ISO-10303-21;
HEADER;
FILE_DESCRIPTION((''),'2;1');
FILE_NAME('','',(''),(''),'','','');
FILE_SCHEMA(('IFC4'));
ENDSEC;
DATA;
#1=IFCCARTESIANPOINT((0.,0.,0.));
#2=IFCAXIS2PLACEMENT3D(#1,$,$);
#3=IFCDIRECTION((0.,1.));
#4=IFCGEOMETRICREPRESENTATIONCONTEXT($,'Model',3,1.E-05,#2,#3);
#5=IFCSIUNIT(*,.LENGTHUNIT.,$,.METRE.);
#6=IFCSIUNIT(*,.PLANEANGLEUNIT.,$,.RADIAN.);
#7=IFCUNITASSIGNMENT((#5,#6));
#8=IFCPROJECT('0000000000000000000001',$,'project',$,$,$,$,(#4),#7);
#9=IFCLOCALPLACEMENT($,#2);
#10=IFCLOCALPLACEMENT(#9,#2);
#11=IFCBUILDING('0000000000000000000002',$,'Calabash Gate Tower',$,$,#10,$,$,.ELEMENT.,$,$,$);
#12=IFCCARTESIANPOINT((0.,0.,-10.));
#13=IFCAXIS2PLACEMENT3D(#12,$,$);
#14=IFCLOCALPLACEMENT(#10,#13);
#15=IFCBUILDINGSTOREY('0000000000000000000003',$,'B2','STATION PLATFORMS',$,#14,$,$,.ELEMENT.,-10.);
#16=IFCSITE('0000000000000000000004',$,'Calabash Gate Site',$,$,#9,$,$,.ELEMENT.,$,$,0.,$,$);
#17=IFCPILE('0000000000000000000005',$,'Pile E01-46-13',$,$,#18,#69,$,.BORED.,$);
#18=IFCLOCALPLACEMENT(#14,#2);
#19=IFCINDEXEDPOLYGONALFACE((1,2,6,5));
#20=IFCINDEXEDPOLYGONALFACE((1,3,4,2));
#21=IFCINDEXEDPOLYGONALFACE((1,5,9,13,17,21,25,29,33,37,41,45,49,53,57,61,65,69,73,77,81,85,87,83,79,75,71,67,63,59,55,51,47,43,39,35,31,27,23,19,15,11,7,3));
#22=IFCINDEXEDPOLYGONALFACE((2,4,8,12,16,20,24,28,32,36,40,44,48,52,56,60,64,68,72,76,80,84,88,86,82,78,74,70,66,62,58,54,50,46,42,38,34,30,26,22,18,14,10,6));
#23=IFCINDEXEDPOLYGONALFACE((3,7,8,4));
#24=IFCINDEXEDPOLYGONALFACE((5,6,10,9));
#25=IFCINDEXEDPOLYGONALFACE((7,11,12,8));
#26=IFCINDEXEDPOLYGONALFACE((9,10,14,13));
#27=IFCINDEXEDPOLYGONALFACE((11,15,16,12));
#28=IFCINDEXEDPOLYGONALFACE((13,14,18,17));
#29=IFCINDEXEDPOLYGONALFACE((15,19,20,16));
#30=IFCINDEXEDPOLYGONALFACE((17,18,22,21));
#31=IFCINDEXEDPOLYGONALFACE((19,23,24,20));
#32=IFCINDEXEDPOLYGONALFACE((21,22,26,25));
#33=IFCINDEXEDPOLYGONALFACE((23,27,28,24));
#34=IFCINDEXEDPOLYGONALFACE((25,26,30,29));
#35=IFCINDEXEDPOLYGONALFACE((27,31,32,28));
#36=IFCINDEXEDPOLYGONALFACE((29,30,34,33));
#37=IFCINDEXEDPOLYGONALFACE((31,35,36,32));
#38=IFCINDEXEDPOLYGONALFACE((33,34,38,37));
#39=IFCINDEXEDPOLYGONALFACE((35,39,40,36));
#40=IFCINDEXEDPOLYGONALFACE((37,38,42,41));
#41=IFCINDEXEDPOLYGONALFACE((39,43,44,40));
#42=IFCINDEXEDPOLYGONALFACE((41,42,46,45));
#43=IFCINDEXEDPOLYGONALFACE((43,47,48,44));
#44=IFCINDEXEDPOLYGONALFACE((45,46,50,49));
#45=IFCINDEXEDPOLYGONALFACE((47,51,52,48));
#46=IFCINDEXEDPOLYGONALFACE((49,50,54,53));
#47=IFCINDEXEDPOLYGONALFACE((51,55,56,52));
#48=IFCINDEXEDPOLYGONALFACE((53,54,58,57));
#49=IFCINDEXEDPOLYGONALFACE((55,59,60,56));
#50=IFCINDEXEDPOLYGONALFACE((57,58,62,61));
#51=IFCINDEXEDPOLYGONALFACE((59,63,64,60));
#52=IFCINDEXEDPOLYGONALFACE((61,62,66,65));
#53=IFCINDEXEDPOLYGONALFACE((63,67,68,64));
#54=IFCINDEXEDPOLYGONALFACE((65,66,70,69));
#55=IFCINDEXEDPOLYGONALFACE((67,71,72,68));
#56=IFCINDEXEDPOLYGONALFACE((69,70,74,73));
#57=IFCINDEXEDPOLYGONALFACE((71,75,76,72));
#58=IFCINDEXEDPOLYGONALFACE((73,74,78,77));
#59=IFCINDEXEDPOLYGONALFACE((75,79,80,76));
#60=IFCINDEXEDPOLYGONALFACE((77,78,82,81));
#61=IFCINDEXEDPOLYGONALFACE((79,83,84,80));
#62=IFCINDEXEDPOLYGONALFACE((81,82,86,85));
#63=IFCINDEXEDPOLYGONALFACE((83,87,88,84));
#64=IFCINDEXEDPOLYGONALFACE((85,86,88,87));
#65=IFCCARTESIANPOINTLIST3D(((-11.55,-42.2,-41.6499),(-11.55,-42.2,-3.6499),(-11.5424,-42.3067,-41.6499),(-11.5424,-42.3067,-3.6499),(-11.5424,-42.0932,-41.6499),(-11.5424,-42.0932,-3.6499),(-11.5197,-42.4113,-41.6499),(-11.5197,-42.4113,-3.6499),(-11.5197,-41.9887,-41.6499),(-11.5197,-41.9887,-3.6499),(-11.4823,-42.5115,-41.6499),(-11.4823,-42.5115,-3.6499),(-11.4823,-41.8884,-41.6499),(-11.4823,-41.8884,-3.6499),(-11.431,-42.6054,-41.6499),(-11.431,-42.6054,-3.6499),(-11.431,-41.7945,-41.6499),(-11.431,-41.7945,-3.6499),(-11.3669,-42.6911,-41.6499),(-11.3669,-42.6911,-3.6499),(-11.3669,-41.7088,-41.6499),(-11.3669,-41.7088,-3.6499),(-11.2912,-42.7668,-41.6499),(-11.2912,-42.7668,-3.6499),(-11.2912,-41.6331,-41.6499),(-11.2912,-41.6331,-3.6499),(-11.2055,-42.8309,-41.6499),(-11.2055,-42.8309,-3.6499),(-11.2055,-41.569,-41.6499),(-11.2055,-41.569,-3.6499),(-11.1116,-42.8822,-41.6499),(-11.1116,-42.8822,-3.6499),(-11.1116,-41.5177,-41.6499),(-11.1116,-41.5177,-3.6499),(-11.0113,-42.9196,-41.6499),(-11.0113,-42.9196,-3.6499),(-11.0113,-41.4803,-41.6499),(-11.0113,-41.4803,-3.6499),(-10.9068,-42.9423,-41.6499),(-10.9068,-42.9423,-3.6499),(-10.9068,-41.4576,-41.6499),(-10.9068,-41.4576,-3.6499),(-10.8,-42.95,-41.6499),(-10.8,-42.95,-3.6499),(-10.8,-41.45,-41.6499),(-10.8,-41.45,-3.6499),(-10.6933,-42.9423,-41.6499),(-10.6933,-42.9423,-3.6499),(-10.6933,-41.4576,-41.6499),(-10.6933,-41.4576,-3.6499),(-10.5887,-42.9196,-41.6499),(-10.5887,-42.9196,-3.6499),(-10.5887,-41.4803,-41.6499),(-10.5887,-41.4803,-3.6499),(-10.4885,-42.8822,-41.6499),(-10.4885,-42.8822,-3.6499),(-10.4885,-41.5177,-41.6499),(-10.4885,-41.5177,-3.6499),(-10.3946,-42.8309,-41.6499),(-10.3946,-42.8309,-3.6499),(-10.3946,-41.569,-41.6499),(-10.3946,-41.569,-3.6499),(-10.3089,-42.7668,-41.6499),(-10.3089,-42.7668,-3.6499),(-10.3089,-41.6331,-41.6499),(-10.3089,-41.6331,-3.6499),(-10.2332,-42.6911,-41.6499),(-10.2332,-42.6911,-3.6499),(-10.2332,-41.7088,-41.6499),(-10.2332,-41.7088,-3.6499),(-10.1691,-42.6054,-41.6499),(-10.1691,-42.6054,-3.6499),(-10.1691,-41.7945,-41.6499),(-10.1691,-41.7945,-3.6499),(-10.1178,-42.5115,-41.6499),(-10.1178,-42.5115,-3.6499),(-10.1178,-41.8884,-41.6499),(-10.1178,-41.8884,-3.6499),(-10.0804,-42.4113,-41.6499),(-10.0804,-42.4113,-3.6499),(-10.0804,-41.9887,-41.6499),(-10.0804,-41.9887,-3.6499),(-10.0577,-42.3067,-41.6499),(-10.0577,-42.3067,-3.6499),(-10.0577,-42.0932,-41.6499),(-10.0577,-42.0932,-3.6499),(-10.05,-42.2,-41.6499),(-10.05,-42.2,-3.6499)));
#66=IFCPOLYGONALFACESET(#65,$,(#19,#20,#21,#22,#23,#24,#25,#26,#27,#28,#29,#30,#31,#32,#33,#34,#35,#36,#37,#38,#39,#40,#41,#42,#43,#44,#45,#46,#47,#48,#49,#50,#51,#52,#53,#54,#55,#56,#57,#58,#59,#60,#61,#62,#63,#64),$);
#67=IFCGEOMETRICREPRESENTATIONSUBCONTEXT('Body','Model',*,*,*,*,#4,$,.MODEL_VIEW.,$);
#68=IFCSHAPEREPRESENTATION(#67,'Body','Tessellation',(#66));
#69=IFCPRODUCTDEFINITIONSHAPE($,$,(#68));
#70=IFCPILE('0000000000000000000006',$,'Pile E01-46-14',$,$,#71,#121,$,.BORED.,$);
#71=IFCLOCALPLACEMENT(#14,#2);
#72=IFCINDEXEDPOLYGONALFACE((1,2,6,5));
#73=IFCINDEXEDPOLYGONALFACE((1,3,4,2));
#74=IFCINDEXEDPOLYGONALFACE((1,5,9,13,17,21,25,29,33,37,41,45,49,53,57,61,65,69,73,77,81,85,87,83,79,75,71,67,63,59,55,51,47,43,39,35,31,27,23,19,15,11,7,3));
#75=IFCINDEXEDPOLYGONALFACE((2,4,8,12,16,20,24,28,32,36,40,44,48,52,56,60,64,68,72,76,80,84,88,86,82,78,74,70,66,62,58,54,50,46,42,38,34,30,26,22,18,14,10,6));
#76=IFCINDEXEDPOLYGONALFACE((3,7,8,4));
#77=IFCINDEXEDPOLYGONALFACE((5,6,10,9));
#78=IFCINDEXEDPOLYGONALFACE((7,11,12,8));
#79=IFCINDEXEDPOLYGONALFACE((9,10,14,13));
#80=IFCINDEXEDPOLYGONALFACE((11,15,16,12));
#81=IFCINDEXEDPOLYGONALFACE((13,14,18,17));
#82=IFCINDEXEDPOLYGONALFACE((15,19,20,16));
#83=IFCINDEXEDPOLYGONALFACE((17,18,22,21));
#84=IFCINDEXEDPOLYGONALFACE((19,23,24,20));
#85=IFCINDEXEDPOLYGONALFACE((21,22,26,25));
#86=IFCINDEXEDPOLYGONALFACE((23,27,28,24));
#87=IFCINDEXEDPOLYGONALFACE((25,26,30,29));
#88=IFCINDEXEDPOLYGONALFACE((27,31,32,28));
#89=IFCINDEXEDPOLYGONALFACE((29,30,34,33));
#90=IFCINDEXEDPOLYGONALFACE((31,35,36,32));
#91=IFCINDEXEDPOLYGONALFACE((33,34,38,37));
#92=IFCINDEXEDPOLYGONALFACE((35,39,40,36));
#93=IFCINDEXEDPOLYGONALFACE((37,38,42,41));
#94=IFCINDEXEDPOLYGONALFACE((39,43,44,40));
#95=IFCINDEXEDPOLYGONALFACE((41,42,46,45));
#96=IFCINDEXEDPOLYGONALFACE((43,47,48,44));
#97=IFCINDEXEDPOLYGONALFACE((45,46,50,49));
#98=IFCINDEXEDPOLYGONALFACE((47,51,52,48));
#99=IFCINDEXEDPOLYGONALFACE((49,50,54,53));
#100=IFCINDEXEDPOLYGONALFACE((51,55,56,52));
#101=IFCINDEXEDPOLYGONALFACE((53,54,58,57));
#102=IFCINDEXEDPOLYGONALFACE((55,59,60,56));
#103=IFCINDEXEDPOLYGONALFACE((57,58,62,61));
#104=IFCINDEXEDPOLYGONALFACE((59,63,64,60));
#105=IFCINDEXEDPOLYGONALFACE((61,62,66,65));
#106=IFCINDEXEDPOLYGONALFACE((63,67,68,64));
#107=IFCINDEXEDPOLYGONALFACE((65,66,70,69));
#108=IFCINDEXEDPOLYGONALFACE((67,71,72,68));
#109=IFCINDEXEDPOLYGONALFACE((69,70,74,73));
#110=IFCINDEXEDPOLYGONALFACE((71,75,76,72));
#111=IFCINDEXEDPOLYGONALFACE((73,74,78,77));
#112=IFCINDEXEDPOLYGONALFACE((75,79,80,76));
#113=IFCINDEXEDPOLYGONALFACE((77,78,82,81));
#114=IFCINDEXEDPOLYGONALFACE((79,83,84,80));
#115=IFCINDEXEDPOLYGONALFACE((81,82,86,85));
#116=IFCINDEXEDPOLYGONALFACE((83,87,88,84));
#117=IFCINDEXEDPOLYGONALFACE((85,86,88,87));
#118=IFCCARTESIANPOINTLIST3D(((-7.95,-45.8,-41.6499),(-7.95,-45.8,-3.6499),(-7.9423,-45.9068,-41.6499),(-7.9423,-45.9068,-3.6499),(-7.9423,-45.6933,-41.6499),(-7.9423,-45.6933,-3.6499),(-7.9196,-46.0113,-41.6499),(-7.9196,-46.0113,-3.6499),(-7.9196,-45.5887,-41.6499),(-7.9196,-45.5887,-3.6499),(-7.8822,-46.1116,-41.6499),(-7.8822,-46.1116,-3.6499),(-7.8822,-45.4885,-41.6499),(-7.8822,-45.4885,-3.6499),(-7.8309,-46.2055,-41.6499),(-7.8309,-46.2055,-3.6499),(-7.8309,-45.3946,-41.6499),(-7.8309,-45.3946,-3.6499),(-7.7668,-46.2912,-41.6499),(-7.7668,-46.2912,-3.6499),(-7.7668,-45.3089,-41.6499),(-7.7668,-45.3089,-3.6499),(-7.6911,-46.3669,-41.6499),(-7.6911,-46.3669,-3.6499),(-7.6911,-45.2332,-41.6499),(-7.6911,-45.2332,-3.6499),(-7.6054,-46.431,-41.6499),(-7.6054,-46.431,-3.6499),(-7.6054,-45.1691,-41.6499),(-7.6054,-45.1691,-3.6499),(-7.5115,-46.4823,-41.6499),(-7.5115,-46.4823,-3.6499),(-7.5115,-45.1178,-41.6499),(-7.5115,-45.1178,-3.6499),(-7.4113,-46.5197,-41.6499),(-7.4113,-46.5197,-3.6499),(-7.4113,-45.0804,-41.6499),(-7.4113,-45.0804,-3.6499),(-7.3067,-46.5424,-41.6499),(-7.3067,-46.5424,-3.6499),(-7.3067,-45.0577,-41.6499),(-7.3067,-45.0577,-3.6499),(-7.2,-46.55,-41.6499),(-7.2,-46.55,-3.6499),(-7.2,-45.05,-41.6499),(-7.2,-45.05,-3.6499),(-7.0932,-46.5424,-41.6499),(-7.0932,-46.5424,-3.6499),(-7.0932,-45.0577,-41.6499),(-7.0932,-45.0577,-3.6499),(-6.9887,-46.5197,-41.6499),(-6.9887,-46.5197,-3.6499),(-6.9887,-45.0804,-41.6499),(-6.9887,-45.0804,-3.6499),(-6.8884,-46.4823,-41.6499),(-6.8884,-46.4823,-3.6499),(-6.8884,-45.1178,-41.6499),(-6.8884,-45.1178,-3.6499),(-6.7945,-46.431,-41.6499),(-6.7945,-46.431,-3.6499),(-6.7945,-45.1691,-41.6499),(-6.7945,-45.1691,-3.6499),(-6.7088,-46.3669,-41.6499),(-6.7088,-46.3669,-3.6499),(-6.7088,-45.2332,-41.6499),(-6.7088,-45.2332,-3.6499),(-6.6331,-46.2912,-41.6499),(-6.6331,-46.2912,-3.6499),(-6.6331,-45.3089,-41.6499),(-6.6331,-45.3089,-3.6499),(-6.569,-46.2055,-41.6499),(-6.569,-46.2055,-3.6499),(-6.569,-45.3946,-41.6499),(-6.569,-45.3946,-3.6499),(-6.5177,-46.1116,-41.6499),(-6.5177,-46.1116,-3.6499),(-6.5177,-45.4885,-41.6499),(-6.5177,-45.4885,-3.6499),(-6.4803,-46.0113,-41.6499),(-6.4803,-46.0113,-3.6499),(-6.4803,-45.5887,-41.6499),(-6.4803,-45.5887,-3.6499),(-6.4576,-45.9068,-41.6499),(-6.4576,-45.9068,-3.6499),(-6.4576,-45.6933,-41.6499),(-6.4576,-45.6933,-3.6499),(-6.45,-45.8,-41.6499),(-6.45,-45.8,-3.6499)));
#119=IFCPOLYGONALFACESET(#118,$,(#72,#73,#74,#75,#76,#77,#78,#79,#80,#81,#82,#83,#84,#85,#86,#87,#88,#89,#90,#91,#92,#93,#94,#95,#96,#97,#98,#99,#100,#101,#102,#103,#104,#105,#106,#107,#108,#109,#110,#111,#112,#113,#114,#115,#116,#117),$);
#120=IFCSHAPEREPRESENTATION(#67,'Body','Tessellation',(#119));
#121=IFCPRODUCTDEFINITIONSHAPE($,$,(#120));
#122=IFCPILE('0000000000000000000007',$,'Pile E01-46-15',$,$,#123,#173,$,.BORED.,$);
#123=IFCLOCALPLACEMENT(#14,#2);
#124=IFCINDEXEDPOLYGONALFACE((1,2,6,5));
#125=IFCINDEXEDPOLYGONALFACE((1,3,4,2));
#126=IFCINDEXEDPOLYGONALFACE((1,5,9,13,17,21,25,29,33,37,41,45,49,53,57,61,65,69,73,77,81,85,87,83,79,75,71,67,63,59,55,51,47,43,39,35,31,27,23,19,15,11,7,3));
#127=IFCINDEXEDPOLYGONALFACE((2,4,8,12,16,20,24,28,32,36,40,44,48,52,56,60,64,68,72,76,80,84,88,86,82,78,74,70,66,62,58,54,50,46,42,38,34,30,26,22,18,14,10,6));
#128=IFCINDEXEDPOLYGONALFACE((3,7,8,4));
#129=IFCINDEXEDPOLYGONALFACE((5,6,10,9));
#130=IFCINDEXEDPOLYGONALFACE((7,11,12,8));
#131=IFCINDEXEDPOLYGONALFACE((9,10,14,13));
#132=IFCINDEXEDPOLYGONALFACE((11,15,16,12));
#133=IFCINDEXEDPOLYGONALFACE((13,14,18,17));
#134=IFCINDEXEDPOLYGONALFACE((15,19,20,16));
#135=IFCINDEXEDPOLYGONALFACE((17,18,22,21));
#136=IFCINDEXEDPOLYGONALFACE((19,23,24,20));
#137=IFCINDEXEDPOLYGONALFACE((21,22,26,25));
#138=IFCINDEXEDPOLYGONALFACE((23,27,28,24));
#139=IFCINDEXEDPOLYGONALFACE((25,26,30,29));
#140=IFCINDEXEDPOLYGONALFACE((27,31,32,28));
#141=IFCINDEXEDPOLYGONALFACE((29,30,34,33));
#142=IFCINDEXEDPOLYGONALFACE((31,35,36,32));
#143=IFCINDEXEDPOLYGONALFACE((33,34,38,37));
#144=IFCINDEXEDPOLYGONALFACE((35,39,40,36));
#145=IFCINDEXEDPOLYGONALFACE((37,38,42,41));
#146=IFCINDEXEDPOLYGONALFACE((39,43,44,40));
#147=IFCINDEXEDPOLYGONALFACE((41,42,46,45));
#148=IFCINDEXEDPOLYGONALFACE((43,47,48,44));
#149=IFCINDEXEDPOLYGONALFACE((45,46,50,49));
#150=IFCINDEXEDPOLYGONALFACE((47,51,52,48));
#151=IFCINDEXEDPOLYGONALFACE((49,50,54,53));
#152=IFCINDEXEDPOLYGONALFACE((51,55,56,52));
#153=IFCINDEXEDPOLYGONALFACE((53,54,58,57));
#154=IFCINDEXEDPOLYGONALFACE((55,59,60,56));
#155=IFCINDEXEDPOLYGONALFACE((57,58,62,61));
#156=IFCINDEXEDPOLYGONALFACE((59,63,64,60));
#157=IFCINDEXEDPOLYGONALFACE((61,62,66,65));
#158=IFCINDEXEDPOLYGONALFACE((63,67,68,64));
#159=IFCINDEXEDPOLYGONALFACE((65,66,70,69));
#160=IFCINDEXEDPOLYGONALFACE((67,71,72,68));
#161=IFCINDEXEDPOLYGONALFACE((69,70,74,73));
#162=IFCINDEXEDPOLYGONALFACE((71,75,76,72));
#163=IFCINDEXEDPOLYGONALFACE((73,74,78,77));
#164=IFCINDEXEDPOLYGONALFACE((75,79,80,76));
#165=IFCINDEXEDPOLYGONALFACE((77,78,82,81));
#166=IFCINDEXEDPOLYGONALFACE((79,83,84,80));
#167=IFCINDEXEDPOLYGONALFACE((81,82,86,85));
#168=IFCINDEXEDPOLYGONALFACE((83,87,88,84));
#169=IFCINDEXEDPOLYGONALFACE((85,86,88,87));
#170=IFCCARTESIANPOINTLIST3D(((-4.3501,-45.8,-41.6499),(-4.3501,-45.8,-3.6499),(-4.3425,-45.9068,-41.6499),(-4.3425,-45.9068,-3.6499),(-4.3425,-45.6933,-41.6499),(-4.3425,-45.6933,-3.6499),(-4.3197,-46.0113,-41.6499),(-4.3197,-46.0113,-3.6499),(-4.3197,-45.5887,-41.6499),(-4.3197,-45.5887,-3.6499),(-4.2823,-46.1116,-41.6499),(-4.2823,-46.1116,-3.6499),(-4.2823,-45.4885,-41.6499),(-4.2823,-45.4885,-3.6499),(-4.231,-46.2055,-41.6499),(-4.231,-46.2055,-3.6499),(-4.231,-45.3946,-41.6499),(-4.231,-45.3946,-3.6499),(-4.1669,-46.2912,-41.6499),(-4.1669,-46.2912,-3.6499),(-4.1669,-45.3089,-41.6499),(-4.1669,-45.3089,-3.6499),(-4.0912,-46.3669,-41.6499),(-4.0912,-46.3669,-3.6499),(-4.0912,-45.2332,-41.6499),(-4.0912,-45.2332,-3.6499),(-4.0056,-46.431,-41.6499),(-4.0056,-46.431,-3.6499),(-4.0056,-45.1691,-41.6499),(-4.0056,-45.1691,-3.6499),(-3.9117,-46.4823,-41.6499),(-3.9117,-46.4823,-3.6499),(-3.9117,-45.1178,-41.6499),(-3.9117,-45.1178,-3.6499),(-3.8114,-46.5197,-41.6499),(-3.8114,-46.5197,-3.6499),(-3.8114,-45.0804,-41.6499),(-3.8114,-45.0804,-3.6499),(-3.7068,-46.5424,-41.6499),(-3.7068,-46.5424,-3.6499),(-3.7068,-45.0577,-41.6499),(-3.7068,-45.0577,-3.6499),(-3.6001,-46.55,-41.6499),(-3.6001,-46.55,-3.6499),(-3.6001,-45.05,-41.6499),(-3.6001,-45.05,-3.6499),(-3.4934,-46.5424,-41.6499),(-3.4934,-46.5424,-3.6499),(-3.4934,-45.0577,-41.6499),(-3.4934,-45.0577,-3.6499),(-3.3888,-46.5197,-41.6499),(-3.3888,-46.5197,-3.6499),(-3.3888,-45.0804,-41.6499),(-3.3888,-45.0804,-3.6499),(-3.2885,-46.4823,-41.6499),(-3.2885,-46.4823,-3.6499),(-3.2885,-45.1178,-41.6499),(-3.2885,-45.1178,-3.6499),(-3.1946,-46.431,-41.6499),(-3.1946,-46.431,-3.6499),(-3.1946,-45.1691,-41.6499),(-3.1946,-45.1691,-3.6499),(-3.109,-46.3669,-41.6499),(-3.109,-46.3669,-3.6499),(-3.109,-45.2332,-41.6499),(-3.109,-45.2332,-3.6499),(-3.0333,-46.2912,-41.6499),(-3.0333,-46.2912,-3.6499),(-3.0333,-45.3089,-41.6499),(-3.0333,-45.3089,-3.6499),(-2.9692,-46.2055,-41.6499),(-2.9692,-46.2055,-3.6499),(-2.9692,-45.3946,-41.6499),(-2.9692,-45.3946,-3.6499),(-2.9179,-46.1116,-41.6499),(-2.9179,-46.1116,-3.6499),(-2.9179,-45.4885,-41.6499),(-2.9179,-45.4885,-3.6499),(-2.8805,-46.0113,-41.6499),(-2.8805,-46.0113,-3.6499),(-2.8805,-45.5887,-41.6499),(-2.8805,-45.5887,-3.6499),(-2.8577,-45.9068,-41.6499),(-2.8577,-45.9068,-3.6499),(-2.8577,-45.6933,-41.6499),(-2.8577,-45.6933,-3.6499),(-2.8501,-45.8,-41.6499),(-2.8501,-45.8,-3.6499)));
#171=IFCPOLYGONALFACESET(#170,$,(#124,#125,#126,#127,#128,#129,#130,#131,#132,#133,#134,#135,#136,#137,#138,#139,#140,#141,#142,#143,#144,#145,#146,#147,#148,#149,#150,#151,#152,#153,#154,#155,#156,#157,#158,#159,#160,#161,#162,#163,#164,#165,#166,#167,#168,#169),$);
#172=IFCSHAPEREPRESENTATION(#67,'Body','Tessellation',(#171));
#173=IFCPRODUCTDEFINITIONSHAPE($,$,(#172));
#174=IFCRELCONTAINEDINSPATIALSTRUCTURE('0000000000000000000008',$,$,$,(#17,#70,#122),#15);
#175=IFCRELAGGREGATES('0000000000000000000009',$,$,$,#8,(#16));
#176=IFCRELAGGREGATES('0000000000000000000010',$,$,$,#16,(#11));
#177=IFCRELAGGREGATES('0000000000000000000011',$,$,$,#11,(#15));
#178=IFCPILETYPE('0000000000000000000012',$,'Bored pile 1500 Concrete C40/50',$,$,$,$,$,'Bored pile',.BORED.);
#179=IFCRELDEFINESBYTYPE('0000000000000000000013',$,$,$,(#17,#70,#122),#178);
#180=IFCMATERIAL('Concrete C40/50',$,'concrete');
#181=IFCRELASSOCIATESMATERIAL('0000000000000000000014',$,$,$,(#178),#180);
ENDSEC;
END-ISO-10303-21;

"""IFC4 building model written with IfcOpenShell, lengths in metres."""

from ifc_helpers import new_model, si_unit, direction, frame, origin, origin_2d, place, context, subcontext, project, spatial, circle, extrude, material, material_profile, profile_set, type_object, element, save


model = new_model("IFC4")

# Units and contexts
model_context = context("Model", 3, precision=1e-05, world=origin(), true_north=direction((0.0, 1.0)))
body_context = subcontext(model_context, "Body", "Model", "MODEL_VIEW")
ifc_project = project(units=[si_unit("LENGTHUNIT", "METRE"), si_unit("PLANEANGLEUNIT", "RADIAN")], contexts=[model_context])

# Site, building, storey
site_placement = place(None, origin())
site = spatial("IfcSite", under=ifc_project, at=site_placement, Name="Calabash Gate Site", CompositionType="ELEMENT", RefElevation=0.0)
building_placement = place(site_placement, origin())
building = spatial("IfcBuilding", under=site, at=building_placement, Name="Calabash Gate Tower", CompositionType="ELEMENT")
storey_placement = place(building_placement, frame((0.0, 0.0, -10.0)))
storey = spatial("IfcBuildingStorey", under=building, at=storey_placement, Name="B2", Description="STATION PLATFORMS", CompositionType="ELEMENT", Elevation=-10.0)

# Piles
ifc_material_1 = material(Name="Concrete C40/50", Category="concrete")
ifc_material_profile_1 = material_profile(ifc_material_1, circle(Radius=0.75, at=origin_2d()))
ifc_profile_set_1 = profile_set([ifc_material_profile_1], Name="Concrete C40/50")
pile_type_1 = type_object("IfcPileType", Name="Bored pile 1500 Concrete C40/50", ElementType="Bored pile", PredefinedType="BORED", material=ifc_profile_set_1)
for number, where, z_axis, x_axis, name in (
    (1, (-10.8, -42.2, -3.6499), (0.0, 0.0, -1.0), (1.0, 0.0, 0.0), "Pile E01-46-13"),
    (2, (-7.2, -45.8, -3.6499), (0.0, 0.0, -1.0), (1.0, 0.0, 0.0), "Pile E01-46-14"),
    (3, (-3.6001, -45.8, -3.6499), (0.0, 0.0, -1.0), (1.0, 0.0, 0.0), "Pile E01-46-15"),
):
    element("IfcPile", number, at=place(storey_placement, frame(where, z_axis=z_axis, x_axis=x_axis)), inside=storey, type_object=pile_type_1, Name=name, PredefinedType="BORED", context=body_context, shape_type="SweptSolid", body=[
        extrude(circle(Radius=0.75, at=origin_2d()), origin(), (0.0, 0.0, 1.0), 38.0),
    ])

save(model, "model.ifc")
